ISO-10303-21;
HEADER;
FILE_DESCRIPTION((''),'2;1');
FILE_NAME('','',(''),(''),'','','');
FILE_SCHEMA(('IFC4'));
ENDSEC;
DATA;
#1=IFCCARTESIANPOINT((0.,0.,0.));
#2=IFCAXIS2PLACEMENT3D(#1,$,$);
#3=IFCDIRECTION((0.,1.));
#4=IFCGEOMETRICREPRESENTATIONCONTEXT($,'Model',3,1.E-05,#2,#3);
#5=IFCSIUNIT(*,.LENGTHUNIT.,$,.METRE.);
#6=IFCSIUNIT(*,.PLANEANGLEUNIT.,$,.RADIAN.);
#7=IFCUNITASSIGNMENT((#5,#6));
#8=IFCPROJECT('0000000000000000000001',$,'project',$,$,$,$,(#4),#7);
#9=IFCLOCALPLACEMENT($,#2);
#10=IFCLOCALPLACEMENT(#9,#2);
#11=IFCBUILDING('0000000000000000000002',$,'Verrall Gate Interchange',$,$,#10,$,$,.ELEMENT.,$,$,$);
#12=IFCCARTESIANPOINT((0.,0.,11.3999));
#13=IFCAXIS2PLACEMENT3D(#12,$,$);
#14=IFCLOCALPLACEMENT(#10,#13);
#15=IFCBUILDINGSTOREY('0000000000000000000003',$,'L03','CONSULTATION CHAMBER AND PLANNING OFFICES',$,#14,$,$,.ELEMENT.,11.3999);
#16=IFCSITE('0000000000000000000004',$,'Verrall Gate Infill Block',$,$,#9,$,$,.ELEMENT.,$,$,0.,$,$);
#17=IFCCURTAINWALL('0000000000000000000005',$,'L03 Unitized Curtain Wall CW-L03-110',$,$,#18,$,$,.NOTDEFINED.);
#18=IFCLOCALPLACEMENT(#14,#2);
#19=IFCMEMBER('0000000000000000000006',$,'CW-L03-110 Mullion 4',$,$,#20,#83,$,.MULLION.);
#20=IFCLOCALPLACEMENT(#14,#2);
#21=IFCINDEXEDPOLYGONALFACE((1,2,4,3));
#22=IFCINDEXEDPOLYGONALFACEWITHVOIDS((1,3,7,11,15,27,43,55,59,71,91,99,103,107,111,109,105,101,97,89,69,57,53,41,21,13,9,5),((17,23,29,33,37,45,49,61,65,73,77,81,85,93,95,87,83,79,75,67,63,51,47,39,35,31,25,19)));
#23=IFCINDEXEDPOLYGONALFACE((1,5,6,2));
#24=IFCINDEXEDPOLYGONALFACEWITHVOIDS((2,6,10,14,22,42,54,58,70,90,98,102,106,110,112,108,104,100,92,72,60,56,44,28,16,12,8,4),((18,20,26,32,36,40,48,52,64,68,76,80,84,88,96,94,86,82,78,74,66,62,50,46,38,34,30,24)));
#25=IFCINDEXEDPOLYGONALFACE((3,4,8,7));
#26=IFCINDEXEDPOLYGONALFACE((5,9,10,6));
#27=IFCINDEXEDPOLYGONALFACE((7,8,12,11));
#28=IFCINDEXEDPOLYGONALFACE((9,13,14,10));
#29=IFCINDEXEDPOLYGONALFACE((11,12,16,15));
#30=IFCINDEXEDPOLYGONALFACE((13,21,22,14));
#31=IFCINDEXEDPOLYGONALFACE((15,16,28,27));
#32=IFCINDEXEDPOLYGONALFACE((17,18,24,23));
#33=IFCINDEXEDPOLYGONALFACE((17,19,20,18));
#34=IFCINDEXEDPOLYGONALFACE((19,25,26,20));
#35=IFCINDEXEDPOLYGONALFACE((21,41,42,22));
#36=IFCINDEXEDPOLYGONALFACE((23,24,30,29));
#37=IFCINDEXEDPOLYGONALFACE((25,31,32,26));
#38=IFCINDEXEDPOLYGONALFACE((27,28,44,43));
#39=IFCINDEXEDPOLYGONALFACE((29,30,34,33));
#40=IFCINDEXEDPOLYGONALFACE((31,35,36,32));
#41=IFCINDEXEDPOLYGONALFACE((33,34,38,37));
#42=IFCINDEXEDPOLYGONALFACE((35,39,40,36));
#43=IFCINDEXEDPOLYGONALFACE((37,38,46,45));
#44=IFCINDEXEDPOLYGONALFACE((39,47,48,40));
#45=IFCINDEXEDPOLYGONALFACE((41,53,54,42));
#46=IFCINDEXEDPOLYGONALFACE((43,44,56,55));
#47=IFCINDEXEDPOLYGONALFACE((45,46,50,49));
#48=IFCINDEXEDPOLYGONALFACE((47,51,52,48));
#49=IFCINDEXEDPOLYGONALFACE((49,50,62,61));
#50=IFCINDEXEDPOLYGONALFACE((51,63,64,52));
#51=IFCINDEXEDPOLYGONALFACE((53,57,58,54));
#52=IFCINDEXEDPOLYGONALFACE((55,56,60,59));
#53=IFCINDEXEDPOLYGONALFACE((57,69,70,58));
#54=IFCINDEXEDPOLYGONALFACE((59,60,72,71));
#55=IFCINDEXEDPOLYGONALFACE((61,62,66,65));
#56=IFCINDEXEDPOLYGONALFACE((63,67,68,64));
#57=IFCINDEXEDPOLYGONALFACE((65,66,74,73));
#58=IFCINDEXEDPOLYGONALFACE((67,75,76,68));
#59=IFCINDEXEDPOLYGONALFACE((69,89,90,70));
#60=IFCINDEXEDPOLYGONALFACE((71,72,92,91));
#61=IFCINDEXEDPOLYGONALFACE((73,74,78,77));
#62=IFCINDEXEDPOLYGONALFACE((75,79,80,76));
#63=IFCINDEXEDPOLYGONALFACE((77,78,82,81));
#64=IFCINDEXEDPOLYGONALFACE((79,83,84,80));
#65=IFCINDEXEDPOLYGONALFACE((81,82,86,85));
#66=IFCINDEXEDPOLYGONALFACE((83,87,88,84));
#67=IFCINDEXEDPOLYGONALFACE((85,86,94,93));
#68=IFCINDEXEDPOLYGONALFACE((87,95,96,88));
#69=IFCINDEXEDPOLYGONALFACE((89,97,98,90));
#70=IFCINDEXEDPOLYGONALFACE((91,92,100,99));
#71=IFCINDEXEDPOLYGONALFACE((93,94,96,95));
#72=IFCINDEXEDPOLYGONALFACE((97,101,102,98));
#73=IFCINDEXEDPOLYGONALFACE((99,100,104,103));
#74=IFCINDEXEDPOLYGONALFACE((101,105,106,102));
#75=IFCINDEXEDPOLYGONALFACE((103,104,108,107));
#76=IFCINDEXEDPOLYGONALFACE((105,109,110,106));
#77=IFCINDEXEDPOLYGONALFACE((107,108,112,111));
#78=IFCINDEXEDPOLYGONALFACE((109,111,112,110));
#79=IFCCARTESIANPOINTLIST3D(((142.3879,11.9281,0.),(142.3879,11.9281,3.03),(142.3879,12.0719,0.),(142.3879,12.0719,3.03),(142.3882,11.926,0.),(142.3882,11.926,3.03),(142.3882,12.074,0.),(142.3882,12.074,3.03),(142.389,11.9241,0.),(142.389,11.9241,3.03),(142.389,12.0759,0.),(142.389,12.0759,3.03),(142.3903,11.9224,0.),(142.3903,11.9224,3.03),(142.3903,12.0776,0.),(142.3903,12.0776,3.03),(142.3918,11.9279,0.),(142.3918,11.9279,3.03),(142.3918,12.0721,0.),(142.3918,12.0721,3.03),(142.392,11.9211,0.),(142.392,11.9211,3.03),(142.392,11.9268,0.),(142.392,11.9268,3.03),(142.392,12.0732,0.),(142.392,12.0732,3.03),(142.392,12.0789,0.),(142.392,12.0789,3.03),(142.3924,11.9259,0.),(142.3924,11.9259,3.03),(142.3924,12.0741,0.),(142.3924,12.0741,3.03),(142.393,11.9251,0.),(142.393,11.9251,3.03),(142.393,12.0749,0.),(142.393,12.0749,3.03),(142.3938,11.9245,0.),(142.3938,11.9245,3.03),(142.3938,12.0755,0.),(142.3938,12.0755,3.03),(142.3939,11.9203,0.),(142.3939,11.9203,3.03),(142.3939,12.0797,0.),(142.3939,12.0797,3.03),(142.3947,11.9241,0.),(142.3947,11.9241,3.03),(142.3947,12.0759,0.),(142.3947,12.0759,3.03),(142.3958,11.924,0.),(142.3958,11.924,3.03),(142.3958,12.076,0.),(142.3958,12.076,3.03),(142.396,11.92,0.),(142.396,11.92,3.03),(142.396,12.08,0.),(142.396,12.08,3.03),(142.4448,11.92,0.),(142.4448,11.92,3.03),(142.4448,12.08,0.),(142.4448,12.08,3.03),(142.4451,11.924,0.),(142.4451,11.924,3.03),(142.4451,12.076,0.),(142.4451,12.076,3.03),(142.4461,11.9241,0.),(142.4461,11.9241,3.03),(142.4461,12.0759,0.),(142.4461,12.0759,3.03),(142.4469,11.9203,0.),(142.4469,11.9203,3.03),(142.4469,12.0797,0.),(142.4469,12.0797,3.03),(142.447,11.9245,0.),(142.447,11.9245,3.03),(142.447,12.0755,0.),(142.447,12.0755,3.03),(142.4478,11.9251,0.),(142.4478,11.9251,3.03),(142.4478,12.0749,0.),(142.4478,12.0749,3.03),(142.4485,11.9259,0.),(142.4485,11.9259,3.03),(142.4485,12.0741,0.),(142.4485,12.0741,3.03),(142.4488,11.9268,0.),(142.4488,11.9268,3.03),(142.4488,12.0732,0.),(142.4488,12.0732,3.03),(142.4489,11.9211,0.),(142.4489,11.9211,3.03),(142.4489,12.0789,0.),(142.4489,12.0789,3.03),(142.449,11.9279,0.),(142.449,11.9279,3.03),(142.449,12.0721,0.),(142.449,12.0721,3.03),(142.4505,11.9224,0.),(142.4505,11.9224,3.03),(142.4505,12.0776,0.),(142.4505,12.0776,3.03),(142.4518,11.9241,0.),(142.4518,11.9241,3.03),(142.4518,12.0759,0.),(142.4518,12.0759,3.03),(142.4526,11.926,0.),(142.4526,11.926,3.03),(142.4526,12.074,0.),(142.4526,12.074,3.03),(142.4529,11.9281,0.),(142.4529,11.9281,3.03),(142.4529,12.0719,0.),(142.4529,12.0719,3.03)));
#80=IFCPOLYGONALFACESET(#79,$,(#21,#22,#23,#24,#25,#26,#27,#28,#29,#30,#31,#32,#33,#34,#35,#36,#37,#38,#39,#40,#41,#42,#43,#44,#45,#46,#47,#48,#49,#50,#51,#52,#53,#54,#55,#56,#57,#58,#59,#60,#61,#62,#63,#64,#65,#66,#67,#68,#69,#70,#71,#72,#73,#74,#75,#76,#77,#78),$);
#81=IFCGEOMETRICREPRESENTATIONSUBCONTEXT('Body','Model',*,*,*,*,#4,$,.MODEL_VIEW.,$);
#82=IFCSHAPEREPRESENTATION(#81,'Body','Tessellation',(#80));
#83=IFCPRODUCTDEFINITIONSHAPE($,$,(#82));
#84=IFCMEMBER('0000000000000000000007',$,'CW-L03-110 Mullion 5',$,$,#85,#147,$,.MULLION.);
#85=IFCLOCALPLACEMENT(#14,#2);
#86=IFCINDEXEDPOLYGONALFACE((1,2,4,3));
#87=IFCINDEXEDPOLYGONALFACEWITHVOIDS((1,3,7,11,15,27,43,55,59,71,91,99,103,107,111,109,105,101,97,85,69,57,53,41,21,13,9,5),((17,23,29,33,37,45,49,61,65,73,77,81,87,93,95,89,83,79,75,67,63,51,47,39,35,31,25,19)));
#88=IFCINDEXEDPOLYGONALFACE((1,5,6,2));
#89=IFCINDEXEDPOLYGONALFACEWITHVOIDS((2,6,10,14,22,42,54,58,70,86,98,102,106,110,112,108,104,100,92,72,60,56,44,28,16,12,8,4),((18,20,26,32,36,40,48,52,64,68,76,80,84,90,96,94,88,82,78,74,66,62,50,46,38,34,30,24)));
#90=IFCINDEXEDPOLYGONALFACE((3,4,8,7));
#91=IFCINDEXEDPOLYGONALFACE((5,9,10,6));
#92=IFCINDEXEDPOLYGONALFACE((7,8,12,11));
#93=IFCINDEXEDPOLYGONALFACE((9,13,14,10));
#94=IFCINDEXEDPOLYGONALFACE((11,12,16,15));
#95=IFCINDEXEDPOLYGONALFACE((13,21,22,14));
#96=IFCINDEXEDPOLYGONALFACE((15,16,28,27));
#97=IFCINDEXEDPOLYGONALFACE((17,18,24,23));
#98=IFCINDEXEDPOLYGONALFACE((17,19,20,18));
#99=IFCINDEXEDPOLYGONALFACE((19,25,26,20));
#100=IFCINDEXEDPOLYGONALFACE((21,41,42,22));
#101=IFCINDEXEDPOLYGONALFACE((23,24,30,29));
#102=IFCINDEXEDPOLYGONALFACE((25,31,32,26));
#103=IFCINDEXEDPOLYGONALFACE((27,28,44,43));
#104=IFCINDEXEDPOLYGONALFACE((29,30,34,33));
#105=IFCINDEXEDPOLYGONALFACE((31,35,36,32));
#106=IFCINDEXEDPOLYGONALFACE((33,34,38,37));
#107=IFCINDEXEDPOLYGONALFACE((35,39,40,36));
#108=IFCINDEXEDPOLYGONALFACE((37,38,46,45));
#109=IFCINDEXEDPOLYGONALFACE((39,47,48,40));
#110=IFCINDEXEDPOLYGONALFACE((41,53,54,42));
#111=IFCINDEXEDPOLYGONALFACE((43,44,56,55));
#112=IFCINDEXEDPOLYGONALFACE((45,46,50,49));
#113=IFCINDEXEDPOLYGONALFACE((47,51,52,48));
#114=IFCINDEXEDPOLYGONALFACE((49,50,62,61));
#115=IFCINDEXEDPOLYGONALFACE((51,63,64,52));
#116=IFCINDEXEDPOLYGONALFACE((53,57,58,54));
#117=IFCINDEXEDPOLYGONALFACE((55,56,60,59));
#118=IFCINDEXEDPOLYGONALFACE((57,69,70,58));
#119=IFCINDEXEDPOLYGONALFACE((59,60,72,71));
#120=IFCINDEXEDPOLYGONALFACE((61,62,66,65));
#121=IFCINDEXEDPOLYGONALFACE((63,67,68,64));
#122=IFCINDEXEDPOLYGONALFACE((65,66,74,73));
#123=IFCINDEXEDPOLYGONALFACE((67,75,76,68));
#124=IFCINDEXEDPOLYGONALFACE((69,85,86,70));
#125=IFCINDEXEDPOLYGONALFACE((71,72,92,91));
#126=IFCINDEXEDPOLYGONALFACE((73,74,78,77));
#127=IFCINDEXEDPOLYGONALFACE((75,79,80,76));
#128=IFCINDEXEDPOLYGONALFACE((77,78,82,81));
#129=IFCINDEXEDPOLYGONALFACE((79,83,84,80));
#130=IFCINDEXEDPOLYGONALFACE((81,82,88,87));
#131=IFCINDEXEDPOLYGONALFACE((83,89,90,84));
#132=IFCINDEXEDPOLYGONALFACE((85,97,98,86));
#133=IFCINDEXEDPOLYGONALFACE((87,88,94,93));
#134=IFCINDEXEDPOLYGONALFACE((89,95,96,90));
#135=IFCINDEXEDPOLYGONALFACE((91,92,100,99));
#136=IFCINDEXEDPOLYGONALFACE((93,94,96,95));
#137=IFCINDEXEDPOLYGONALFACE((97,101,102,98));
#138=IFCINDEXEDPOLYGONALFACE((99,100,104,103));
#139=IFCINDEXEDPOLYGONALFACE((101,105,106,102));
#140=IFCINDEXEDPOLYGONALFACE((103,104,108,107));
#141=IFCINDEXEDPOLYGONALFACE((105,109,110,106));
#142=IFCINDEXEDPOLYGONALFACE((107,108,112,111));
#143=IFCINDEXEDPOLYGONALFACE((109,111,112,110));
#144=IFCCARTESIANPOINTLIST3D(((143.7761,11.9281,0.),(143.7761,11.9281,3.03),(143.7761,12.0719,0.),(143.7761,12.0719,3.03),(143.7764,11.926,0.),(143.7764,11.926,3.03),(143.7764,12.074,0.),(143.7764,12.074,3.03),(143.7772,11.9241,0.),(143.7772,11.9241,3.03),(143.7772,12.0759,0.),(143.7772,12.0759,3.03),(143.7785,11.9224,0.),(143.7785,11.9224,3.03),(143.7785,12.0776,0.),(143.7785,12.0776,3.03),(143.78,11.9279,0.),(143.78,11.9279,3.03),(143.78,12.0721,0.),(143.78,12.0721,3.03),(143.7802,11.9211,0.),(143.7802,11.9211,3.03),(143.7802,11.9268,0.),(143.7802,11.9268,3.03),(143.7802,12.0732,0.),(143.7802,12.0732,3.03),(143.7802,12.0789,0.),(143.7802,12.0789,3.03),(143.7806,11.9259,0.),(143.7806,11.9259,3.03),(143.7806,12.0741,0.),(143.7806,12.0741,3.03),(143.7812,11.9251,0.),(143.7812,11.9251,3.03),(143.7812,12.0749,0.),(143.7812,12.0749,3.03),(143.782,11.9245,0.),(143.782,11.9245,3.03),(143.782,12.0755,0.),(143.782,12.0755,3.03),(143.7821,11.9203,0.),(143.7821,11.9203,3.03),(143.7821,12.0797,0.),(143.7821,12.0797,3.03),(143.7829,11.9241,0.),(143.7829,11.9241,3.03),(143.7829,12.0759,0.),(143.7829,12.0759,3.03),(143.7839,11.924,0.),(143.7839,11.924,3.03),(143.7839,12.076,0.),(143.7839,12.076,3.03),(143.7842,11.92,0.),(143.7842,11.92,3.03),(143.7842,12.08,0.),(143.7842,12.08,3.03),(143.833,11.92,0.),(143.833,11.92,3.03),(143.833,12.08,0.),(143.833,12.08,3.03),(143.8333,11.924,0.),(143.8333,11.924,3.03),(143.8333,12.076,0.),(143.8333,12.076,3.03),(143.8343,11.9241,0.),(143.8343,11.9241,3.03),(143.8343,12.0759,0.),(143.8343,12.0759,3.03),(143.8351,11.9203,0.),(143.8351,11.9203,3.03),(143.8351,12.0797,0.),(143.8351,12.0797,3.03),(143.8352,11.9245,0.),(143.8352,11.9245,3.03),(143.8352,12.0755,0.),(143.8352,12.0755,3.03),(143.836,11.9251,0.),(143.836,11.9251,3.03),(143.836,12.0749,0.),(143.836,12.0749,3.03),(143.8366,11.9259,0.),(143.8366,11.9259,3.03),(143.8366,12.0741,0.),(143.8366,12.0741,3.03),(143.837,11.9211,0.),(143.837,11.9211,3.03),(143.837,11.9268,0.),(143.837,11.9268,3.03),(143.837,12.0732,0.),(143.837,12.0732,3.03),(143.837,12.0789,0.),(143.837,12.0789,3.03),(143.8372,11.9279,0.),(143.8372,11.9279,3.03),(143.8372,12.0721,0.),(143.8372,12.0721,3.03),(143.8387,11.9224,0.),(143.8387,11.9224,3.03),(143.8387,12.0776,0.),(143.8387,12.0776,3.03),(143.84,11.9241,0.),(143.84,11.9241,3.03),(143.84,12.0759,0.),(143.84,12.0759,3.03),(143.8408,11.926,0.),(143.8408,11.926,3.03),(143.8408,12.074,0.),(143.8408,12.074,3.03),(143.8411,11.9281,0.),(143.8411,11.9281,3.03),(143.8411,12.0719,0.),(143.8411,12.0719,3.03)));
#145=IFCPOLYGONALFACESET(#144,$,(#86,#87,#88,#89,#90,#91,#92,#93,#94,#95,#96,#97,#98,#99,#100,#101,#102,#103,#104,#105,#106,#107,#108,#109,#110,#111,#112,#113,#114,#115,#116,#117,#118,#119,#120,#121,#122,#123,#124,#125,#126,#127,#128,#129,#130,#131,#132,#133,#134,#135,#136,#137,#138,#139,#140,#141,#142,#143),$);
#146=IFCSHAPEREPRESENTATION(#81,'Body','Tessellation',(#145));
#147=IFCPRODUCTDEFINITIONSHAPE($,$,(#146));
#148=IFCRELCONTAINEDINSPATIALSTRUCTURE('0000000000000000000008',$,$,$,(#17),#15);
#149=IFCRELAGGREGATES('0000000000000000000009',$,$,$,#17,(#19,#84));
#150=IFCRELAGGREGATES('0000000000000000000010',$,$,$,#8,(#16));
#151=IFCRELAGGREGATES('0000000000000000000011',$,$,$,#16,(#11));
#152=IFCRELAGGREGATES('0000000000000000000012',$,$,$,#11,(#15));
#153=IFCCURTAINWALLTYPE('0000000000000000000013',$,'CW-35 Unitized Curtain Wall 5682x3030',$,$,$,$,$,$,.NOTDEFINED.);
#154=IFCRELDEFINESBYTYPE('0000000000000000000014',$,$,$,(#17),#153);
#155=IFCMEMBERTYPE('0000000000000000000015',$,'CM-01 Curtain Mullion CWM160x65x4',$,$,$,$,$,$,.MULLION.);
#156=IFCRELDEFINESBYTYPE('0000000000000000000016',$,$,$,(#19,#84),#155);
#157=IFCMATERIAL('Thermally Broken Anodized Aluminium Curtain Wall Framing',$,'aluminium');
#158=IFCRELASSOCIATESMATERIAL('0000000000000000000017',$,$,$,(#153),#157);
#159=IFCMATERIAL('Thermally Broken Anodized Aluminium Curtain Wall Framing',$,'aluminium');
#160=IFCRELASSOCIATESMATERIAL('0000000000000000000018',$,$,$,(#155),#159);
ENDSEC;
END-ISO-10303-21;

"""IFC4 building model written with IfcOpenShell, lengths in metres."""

from ifc_helpers import new_model, si_unit, direction, frame, origin, origin_2d, place, context, subcontext, project, spatial, hollow_rectangle, extrude, material, material_profile, profile_set, type_object, element, aggregate, save


model = new_model("IFC4")

# Units and contexts
model_context = context("Model", 3, precision=1e-05, world=origin(), true_north=direction((0.0, 1.0)))
body_context = subcontext(model_context, "Body", "Model", "MODEL_VIEW")
ifc_project = project(units=[si_unit("LENGTHUNIT", "METRE"), si_unit("PLANEANGLEUNIT", "RADIAN")], contexts=[model_context])

# Site, building, storey
site_placement = place(None, origin())
site = spatial("IfcSite", under=ifc_project, at=site_placement, Name="Verrall Gate Infill Block", CompositionType="ELEMENT", RefElevation=0.0)
building_placement = place(site_placement, origin())
building = spatial("IfcBuilding", under=site, at=building_placement, Name="Verrall Gate Interchange", CompositionType="ELEMENT")
storey_placement = place(building_placement, frame((0.0, 0.0, 11.3999)))
storey = spatial("IfcBuildingStorey", under=building, at=storey_placement, Name="L03", Description="CONSULTATION CHAMBER AND PLANNING OFFICES", CompositionType="ELEMENT", Elevation=11.3999)

# Curtain wall, members
ifc_material_1 = material(Name="Thermally Broken Anodized Aluminium Curtain Wall Framing", Category="aluminium")
curtain_wall_type = type_object("IfcCurtainWallType", Name="CW-35 Unitized Curtain Wall 5682x3030", PredefinedType="NOTDEFINED", material=ifc_material_1)
curtain_wall_placement = place(storey_placement, origin())
curtain_wall = element("IfcCurtainWall", 1, at=curtain_wall_placement, inside=storey, type_object=curtain_wall_type, Name="L03 Unitized Curtain Wall CW-L03-110", PredefinedType="NOTDEFINED")
ifc_material_2 = material(Name="Thermally Broken Anodized Aluminium Curtain Wall Framing", Category="aluminium")
ifc_material_profile_1 = material_profile(ifc_material_2, hollow_rectangle(XDim=0.0649, YDim=0.1599, WallThickness=0.0039, InnerFilletRadius=0.0039, OuterFilletRadius=0.0081, at=origin_2d()), Name="CWM160x65x4")
ifc_profile_set_1 = profile_set([ifc_material_profile_1], Name="Thermally Broken Anodized Aluminium Curtain Wall Framing")
member_type_1 = type_object("IfcMemberType", Name="CM-01 Curtain Mullion CWM160x65x4", PredefinedType="MULLION", material=ifc_profile_set_1)
member_1_placement = place(storey_placement, frame((142.4204, 12.0, 0.0), z_axis=(0.0, 0.0, 1.0), x_axis=(1.0, 0.0, 0.0)))
member_1 = element("IfcMember", 2, at=member_1_placement, type_object=member_type_1, Name="CW-L03-110 Mullion 4", PredefinedType="MULLION", context=body_context, shape_type="SweptSolid", body=[
    extrude(hollow_rectangle(XDim=0.0649, YDim=0.1599, WallThickness=0.0039, InnerFilletRadius=0.0039, OuterFilletRadius=0.0081, at=origin_2d()), origin(), (0.0, 0.0, 1.0), 3.03),
])
member_2_placement = place(storey_placement, frame((143.8086, 12.0, 0.0), z_axis=(0.0, 0.0, 1.0), x_axis=(1.0, 0.0, 0.0)))
member_2 = element("IfcMember", 3, at=member_2_placement, type_object=member_type_1, Name="CW-L03-110 Mullion 5", PredefinedType="MULLION", context=body_context, shape_type="SweptSolid", body=[
    extrude(hollow_rectangle(XDim=0.0649, YDim=0.1599, WallThickness=0.0039, InnerFilletRadius=0.0039, OuterFilletRadius=0.0081, at=origin_2d()), origin(), (0.0, 0.0, 1.0), 3.03),
])

aggregate(curtain_wall, [member_1, member_2])

save(model, "model.ifc")
